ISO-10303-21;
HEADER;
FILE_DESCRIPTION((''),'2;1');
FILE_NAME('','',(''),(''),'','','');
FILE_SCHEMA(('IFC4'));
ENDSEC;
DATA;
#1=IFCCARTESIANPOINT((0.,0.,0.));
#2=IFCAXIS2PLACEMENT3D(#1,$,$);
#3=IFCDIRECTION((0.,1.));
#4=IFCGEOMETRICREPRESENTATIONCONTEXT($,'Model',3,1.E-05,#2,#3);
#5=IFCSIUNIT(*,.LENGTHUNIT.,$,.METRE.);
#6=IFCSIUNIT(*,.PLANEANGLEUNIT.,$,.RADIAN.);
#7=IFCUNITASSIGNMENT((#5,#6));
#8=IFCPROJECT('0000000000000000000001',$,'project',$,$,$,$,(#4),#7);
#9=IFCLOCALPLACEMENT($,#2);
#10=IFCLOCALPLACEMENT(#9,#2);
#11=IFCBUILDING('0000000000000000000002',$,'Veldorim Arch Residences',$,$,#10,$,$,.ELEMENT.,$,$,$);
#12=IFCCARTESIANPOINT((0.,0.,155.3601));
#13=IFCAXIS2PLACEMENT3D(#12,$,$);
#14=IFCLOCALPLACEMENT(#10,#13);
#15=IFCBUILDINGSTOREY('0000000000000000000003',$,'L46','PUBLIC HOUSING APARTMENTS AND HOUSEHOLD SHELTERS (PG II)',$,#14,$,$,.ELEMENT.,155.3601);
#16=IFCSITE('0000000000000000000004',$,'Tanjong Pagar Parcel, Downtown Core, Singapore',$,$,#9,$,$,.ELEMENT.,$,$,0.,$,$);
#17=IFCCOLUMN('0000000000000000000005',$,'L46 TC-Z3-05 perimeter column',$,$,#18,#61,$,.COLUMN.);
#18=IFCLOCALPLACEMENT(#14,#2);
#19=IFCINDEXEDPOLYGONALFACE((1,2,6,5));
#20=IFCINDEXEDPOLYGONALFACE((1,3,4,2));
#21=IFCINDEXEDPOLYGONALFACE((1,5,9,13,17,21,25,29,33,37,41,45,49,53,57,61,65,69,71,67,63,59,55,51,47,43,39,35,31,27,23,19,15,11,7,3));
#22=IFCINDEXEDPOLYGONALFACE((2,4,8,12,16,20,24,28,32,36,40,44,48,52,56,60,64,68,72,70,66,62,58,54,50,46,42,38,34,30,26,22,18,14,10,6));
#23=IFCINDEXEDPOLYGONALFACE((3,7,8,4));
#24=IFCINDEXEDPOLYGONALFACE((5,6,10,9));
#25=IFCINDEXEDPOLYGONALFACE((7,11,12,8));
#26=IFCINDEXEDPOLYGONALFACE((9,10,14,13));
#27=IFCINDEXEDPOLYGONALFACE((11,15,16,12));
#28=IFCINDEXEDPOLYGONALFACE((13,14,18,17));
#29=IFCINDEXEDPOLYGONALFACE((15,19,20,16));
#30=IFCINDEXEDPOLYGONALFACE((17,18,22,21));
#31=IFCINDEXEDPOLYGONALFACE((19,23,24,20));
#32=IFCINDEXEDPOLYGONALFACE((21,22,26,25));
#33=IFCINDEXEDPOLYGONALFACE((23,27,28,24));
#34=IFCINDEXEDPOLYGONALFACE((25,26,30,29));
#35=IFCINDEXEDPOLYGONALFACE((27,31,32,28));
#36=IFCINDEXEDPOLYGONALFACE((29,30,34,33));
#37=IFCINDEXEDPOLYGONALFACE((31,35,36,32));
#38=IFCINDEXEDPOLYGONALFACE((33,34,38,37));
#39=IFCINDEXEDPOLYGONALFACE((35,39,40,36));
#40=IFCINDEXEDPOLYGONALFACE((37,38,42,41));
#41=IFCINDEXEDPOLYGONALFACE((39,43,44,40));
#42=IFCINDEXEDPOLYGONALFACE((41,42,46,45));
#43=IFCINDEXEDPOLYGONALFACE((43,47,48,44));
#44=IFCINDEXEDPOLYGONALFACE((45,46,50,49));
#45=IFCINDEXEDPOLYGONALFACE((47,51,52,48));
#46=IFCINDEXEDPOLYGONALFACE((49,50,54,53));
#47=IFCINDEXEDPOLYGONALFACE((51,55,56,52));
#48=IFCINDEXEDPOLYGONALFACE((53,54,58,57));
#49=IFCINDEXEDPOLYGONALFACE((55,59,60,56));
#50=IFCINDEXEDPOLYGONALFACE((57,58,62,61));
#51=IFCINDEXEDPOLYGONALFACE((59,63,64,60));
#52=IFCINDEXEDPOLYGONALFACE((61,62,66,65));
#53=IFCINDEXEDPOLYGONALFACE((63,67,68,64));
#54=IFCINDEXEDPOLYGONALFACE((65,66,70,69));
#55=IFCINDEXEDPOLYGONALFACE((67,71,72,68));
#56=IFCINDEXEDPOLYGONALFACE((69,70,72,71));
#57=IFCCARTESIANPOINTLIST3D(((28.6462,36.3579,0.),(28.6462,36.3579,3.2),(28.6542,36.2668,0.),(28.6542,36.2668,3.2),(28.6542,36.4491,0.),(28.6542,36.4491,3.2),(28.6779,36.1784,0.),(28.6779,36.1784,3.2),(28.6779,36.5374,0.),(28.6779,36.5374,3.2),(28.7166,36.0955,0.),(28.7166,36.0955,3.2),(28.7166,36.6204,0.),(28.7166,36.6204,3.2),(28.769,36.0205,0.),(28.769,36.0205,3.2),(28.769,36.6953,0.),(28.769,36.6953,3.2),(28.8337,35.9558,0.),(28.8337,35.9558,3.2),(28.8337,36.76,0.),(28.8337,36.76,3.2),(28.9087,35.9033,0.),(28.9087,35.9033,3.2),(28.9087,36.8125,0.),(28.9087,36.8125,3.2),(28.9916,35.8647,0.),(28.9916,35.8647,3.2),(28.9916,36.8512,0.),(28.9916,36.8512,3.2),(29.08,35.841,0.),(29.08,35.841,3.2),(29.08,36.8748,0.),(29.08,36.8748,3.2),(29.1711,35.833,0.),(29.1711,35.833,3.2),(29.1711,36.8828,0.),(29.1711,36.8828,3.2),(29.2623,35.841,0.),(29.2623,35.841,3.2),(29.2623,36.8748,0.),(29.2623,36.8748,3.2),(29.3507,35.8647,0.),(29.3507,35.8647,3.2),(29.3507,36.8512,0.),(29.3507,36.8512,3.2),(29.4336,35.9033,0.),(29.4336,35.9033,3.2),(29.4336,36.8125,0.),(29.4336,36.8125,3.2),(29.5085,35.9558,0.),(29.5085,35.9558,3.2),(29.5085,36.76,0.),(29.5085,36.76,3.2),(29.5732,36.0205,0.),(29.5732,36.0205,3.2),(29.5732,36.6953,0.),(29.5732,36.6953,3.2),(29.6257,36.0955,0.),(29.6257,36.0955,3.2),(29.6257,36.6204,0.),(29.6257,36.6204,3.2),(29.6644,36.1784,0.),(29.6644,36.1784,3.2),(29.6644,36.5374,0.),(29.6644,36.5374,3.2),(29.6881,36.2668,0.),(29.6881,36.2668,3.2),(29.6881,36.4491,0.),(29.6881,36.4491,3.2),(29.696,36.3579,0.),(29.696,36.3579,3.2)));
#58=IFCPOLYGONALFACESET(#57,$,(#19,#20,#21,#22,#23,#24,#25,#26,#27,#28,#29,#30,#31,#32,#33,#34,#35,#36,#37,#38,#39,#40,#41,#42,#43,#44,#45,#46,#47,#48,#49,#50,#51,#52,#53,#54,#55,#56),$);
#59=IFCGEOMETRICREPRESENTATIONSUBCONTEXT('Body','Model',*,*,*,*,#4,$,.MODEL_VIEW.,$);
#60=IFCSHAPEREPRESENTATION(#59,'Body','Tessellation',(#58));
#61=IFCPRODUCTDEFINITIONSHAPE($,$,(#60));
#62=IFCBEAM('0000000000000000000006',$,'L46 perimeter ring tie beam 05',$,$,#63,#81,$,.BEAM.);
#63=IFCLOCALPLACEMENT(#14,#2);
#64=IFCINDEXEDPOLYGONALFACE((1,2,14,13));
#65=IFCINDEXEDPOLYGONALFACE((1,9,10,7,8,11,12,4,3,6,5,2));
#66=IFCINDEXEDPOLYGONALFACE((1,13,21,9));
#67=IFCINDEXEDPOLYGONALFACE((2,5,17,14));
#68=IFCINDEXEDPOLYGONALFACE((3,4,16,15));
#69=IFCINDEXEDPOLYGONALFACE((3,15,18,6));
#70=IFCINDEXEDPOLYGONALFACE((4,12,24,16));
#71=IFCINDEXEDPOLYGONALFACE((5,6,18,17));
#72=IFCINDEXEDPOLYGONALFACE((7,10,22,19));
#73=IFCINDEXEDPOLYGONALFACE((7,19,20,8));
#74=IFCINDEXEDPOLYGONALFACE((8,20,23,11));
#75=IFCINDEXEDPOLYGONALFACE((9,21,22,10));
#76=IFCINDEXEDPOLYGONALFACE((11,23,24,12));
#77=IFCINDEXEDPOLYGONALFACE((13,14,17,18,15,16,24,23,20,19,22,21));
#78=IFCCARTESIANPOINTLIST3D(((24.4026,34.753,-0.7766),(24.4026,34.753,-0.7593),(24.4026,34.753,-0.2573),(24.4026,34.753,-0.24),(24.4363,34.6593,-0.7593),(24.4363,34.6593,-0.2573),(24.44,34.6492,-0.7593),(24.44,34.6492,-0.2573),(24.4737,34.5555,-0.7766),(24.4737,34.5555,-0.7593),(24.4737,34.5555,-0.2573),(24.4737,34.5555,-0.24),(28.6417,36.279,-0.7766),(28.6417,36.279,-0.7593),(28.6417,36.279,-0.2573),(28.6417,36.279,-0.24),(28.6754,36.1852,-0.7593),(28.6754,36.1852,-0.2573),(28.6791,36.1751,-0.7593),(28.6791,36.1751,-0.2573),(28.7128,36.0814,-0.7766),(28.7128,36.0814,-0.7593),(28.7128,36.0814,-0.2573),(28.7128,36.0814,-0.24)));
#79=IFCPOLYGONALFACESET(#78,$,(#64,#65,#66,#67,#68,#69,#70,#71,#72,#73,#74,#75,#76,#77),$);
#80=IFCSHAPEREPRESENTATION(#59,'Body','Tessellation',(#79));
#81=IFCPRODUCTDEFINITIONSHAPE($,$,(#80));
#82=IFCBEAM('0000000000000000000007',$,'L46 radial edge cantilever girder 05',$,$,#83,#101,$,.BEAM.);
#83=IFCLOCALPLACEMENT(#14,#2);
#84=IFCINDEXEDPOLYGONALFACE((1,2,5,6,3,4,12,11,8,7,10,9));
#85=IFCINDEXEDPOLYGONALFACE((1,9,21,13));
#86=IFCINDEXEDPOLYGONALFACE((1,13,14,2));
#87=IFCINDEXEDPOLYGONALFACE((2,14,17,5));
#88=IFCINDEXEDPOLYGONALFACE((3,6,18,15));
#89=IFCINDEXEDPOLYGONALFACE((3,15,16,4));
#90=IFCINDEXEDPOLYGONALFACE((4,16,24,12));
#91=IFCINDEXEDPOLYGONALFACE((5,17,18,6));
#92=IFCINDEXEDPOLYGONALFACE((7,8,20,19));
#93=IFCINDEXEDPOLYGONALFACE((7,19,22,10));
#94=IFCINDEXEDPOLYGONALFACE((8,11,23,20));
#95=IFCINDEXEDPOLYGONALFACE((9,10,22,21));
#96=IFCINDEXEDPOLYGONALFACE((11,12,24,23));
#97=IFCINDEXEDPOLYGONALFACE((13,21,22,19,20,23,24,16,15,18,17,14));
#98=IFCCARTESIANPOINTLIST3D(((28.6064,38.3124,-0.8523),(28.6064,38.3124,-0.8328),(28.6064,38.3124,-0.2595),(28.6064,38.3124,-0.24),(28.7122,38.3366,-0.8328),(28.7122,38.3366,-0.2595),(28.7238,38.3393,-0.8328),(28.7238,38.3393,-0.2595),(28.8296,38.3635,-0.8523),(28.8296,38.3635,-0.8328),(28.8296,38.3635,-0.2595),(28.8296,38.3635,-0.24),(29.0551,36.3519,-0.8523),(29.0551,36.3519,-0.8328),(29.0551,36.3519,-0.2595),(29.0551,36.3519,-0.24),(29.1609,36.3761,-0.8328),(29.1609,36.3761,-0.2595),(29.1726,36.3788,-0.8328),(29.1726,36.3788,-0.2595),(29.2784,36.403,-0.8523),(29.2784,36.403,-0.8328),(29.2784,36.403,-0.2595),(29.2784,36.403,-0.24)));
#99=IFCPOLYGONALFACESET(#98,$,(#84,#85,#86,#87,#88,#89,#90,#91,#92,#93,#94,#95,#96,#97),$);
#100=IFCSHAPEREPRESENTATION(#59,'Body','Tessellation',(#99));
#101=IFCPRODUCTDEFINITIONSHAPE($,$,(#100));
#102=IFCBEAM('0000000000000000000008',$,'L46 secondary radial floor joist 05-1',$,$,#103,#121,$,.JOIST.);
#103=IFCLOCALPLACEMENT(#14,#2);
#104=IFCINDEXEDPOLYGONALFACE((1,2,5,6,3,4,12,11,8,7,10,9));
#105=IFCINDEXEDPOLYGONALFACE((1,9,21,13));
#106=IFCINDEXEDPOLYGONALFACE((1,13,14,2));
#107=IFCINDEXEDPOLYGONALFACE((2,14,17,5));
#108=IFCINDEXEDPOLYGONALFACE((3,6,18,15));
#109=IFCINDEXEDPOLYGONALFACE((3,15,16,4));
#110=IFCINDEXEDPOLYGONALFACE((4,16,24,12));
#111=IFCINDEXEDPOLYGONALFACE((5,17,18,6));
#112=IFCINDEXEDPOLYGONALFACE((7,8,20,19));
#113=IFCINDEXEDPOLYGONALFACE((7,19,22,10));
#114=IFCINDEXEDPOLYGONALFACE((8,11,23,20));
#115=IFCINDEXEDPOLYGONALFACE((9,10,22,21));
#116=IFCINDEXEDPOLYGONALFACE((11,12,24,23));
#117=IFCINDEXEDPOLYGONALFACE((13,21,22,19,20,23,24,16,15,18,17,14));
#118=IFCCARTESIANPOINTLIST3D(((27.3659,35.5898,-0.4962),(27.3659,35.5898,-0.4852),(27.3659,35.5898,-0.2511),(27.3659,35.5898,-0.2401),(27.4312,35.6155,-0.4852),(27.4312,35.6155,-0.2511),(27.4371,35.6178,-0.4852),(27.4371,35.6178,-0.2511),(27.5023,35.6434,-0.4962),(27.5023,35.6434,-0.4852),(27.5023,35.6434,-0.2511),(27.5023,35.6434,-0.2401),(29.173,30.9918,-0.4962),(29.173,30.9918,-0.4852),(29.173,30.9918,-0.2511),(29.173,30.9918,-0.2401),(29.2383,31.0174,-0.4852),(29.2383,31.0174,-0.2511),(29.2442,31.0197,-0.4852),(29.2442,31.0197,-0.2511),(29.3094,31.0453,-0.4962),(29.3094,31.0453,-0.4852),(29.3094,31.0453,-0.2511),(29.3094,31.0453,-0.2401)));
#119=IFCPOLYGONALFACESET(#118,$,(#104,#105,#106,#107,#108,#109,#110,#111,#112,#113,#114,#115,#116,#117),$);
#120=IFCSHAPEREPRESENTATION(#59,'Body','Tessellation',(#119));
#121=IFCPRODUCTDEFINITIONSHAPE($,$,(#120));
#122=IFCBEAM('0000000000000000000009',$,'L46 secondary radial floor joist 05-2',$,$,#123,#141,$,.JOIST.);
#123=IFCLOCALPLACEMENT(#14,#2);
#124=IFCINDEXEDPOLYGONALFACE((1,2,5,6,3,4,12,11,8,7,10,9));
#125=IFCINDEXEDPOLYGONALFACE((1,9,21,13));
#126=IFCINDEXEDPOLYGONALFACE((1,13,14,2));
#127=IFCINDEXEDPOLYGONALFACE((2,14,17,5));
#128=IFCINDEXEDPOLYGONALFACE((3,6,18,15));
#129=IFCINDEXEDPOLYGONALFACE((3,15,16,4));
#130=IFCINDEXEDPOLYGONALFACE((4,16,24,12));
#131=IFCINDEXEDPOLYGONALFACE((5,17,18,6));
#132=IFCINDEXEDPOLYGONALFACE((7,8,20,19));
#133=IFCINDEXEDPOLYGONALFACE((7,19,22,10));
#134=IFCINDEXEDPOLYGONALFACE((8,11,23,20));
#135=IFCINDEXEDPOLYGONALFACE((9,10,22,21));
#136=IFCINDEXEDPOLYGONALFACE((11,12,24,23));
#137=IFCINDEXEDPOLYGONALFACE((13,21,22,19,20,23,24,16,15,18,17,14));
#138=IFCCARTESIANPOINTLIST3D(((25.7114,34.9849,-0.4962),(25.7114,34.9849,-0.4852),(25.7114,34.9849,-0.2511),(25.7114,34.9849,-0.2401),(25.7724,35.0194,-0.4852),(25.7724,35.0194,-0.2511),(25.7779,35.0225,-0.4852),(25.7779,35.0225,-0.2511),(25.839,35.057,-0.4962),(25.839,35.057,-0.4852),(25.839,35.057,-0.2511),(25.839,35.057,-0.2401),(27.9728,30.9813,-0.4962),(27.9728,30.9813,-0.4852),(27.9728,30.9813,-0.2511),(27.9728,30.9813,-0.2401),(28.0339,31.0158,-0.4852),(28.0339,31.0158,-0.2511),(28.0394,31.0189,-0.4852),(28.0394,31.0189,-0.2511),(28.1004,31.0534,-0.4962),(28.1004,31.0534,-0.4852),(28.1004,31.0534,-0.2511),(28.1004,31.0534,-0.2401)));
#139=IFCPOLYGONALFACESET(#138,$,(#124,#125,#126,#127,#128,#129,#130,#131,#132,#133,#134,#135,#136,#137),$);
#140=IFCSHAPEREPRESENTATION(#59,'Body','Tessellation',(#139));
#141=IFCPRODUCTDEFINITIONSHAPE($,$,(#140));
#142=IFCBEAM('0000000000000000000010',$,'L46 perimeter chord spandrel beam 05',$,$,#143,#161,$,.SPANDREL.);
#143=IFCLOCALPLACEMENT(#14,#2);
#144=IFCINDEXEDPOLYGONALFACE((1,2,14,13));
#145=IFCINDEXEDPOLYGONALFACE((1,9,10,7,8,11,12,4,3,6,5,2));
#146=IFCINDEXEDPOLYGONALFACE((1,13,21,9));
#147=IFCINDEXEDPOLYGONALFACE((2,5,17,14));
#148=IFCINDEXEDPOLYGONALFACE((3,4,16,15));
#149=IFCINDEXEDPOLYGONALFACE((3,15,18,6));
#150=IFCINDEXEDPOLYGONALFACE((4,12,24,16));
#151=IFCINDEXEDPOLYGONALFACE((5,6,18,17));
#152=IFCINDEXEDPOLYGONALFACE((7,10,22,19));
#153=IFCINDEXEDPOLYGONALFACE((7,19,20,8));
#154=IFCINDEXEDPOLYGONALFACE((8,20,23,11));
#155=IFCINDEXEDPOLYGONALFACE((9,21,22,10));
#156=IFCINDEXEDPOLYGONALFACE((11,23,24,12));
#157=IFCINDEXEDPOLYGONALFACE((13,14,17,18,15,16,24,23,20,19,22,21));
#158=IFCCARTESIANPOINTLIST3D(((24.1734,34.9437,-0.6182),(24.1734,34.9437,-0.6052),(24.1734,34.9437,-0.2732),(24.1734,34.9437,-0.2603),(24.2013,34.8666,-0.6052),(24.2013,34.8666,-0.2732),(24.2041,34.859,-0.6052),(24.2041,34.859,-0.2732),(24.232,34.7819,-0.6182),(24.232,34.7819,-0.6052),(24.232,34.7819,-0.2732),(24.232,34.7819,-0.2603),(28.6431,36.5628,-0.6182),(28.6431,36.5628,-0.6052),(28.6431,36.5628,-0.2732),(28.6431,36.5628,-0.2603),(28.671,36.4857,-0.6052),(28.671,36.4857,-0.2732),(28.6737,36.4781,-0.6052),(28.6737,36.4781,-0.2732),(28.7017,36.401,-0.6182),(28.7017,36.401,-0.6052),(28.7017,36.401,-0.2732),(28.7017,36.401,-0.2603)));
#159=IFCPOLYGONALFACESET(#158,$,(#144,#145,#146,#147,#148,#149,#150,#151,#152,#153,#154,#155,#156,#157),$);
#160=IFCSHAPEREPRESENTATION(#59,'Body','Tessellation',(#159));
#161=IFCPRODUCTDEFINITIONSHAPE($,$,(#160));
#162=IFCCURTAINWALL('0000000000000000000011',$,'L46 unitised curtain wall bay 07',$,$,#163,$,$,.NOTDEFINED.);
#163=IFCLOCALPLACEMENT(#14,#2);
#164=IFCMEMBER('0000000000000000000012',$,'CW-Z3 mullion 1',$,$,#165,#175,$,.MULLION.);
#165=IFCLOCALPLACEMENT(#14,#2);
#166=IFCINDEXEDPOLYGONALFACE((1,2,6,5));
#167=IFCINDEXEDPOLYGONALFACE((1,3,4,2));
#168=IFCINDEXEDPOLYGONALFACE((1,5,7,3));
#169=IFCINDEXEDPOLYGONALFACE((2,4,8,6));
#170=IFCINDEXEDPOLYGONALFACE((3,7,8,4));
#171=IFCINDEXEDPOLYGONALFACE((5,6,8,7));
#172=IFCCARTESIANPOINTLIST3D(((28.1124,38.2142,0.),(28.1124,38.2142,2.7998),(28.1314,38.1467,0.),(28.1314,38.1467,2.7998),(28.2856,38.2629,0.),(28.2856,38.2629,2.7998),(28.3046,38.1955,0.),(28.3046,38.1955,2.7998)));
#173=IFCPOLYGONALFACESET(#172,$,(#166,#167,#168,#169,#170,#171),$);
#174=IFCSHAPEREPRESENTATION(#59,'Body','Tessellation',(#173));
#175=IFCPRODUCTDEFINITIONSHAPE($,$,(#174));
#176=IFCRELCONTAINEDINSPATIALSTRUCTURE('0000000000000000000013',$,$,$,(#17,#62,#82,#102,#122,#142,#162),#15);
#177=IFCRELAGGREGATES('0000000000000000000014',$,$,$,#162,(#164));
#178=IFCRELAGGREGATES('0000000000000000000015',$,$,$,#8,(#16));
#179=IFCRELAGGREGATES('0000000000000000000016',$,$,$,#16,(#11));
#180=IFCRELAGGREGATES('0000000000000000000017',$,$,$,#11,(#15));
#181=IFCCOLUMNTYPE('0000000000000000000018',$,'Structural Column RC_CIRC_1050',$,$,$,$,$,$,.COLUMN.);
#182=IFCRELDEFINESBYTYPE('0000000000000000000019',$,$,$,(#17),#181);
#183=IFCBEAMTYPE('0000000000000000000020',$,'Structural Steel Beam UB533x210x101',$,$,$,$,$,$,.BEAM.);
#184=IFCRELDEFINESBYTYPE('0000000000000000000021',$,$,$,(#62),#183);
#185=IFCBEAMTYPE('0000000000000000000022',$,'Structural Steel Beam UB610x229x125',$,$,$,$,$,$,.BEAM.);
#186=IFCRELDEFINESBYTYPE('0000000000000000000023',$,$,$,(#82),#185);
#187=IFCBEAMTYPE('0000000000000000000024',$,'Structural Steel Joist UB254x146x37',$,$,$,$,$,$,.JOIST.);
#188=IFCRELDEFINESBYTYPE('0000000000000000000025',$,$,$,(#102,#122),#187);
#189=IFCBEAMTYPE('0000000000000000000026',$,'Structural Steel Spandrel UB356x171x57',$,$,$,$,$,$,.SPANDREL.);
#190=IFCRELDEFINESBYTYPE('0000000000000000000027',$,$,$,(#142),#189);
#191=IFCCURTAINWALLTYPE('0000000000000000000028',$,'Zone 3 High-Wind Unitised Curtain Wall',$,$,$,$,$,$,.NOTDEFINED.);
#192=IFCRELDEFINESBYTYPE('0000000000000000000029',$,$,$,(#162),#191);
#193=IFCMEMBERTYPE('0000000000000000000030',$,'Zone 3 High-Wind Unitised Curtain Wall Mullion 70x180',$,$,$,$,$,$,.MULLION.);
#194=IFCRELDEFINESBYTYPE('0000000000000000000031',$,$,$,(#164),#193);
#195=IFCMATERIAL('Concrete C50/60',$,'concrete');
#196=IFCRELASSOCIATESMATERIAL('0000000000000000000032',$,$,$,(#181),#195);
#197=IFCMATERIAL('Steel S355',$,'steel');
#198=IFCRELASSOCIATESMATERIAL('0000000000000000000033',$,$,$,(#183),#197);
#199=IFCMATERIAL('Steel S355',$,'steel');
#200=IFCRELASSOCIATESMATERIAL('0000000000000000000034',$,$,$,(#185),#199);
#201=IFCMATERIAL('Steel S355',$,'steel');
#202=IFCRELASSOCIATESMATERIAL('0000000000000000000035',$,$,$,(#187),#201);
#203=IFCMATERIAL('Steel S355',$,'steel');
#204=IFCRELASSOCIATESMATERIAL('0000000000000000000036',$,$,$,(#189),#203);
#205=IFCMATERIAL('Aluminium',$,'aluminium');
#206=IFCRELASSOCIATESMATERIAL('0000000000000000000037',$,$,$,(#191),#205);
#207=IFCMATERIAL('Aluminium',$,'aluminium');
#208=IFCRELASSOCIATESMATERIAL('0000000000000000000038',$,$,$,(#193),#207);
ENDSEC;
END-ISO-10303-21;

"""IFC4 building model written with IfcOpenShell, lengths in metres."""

from ifc_helpers import new_model, si_unit, direction, frame, origin, origin_2d, place, context, subcontext, project, spatial, rectangle, circle, i_section, extrude, material, material_profile, profile_set, type_object, element, aggregate, save


model = new_model("IFC4")

# Units and contexts
model_context = context("Model", 3, precision=1e-05, world=origin(), true_north=direction((0.0, 1.0)))
body_context = subcontext(model_context, "Body", "Model", "MODEL_VIEW")
ifc_project = project(units=[si_unit("LENGTHUNIT", "METRE"), si_unit("PLANEANGLEUNIT", "RADIAN")], contexts=[model_context])

# Site, building, storey
site_placement = place(None, origin())
site = spatial("IfcSite", under=ifc_project, at=site_placement, Name="Tanjong Pagar Parcel, Downtown Core, Singapore", CompositionType="ELEMENT", RefElevation=0.0)
building_placement = place(site_placement, origin())
building = spatial("IfcBuilding", under=site, at=building_placement, Name="Veldorim Arch Residences", CompositionType="ELEMENT")
storey_placement = place(building_placement, frame((0.0, 0.0, 155.3601)))
storey = spatial("IfcBuildingStorey", under=building, at=storey_placement, Name="L46", Description="PUBLIC HOUSING APARTMENTS AND HOUSEHOLD SHELTERS (PG II)", CompositionType="ELEMENT", Elevation=155.3601)

# Column
ifc_material_1 = material(Name="Concrete C50/60", Category="concrete")
ifc_material_profile_1 = material_profile(ifc_material_1, circle(Radius=0.5249, at=origin_2d()), Name="RC_CIRC_1050")
ifc_profile_set_1 = profile_set([ifc_material_profile_1], Name="Concrete C50/60")
column_type = type_object("IfcColumnType", Name="Structural Column RC_CIRC_1050", PredefinedType="COLUMN", material=ifc_profile_set_1)
column_placement = place(storey_placement, frame((29.1711, 36.3579, 0.0), z_axis=(0.0, 0.0, 1.0), x_axis=(1.0, 0.0, 0.0)))
element("IfcColumn", 1, at=column_placement, inside=storey, type_object=column_type, Name="L46 TC-Z3-05 perimeter column", PredefinedType="COLUMN", context=body_context, shape_type="SweptSolid", body=[
    extrude(circle(Radius=0.5249, at=origin_2d()), origin(), (0.0, 0.0, 1.0), 3.2),
])

# Beams
ifc_material_2 = material(Name="Steel S355", Category="steel")
ifc_material_profile_2 = material_profile(ifc_material_2, i_section(OverallWidth=0.21, OverallDepth=0.5366, WebThickness=0.0107, FlangeThickness=0.0173, at=origin_2d()), Name="UB533x210x101")
ifc_profile_set_2 = profile_set([ifc_material_profile_2], Name="Steel S355")
beam_type_1 = type_object("IfcBeamType", Name="Structural Steel Beam UB533x210x101", PredefinedType="BEAM", material=ifc_profile_set_2)
beam_1_placement = place(storey_placement, frame((28.6772, 36.1802, -0.5083), z_axis=(-0.940899, -0.338687, 0.0), x_axis=(0.338687, -0.940899, 0.0)))
element("IfcBeam", 2, at=beam_1_placement, inside=storey, type_object=beam_type_1, Name="L46 perimeter ring tie beam 05", PredefinedType="BEAM", context=body_context, shape_type="SweptSolid", body=[
    extrude(i_section(OverallWidth=0.21, OverallDepth=0.5366, WebThickness=0.0107, FlangeThickness=0.0173, at=origin_2d()), origin(), (0.0, 0.0, 1.0), 4.5054),
])
ifc_material_3 = material(Name="Steel S355", Category="steel")
ifc_material_profile_3 = material_profile(ifc_material_3, i_section(OverallWidth=0.229, OverallDepth=0.6123, WebThickness=0.012, FlangeThickness=0.0195, at=origin_2d()), Name="UB610x229x125")
ifc_profile_set_3 = profile_set([ifc_material_profile_3], Name="Steel S355")
beam_type_2 = type_object("IfcBeamType", Name="Structural Steel Beam UB610x229x125", PredefinedType="BEAM", material=ifc_profile_set_3)
beam_2_placement = place(storey_placement, frame((29.1667, 36.3774, -0.5461), z_axis=(-0.223121, 0.974791, 0.0), x_axis=(-0.974791, -0.223121, 0.0)))
element("IfcBeam", 3, at=beam_2_placement, inside=storey, type_object=beam_type_2, Name="L46 radial edge cantilever girder 05", PredefinedType="BEAM", context=body_context, shape_type="SweptSolid", body=[
    extrude(i_section(OverallWidth=0.229, OverallDepth=0.6123, WebThickness=0.012, FlangeThickness=0.0195, at=origin_2d()), origin(), (0.0, 0.0, 1.0), 2.0112),
])
ifc_material_4 = material(Name="Steel S355", Category="steel")
ifc_material_profile_4 = material_profile(ifc_material_4, i_section(OverallWidth=0.1465, OverallDepth=0.2561, WebThickness=0.0063, FlangeThickness=0.011, at=origin_2d()), Name="UB254x146x37")
ifc_profile_set_4 = profile_set([ifc_material_profile_4], Name="Steel S355")
beam_type_3 = type_object("IfcBeamType", Name="Structural Steel Joist UB254x146x37", PredefinedType="JOIST", material=ifc_profile_set_4)
beam_3_placement = place(storey_placement, frame((29.2412, 31.0186, -0.3682), z_axis=(-0.365778, 0.930702, 0.0), x_axis=(-0.930702, -0.365778, 0.0)))
element("IfcBeam", 4, at=beam_3_placement, inside=storey, type_object=beam_type_3, Name="L46 secondary radial floor joist 05-1", PredefinedType="JOIST", context=body_context, shape_type="SweptSolid", body=[
    extrude(i_section(OverallWidth=0.1465, OverallDepth=0.2561, WebThickness=0.0063, FlangeThickness=0.011, at=origin_2d()), origin(), (0.0, 0.0, 1.0), 4.9404),
])
beam_4_placement = place(storey_placement, frame((28.0366, 31.0173, -0.3682), z_axis=(-0.491816, 0.870699, 0.0), x_axis=(-0.870699, -0.491816, 0.0)))
element("IfcBeam", 5, at=beam_4_placement, inside=storey, type_object=beam_type_3, Name="L46 secondary radial floor joist 05-2", PredefinedType="JOIST", context=body_context, shape_type="SweptSolid", body=[
    extrude(i_section(OverallWidth=0.1465, OverallDepth=0.2561, WebThickness=0.0063, FlangeThickness=0.011, at=origin_2d()), origin(), (0.0, 0.0, 1.0), 4.5981),
])
ifc_material_5 = material(Name="Steel S355", Category="steel")
ifc_material_profile_5 = material_profile(ifc_material_5, i_section(OverallWidth=0.1721, OverallDepth=0.3579, WebThickness=0.0081, FlangeThickness=0.0129, at=origin_2d()), Name="UB356x171x57")
ifc_profile_set_5 = profile_set([ifc_material_profile_5], Name="Steel S355")
beam_type_4 = type_object("IfcBeamType", Name="Structural Steel Spandrel UB356x171x57", PredefinedType="SPANDREL", material=ifc_profile_set_5)
beam_5_placement = place(storey_placement, frame((28.6724, 36.4819, -0.4392), z_axis=(-0.940213, -0.340588, 0.0), x_axis=(0.340588, -0.940213, 0.0)))
element("IfcBeam", 6, at=beam_5_placement, inside=storey, type_object=beam_type_4, Name="L46 perimeter chord spandrel beam 05", PredefinedType="SPANDREL", context=body_context, shape_type="SweptSolid", body=[
    extrude(i_section(OverallWidth=0.1721, OverallDepth=0.3579, WebThickness=0.0081, FlangeThickness=0.0129, at=origin_2d()), origin(), (0.0, 0.0, 1.0), 4.7539),
])

# Curtain wall, member
ifc_material_6 = material(Name="Aluminium", Category="aluminium")
curtain_wall_type = type_object("IfcCurtainWallType", Name="Zone 3 High-Wind Unitised Curtain Wall", PredefinedType="NOTDEFINED", material=ifc_material_6)
curtain_wall_placement = place(storey_placement, origin())
curtain_wall = element("IfcCurtainWall", 7, at=curtain_wall_placement, inside=storey, type_object=curtain_wall_type, Name="L46 unitised curtain wall bay 07", PredefinedType="NOTDEFINED")
ifc_material_7 = material(Name="Aluminium", Category="aluminium")
ifc_material_profile_6 = material_profile(ifc_material_7, rectangle(XDim=0.0701, YDim=0.1799, at=origin_2d()), Name="ALU_MUL_70x180")
ifc_profile_set_6 = profile_set([ifc_material_profile_6], Name="Aluminium")
member_type_1 = type_object("IfcMemberType", Name="Zone 3 High-Wind Unitised Curtain Wall Mullion 70x180", PredefinedType="MULLION", material=ifc_profile_set_6)
member_1_placement = place(storey_placement, frame((28.2085, 38.2048, 0.0), z_axis=(0.0, 0.0, 1.0), x_axis=(-0.271101, 0.962551, 0.0)))
member_1 = element("IfcMember", 8, at=member_1_placement, type_object=member_type_1, Name="CW-Z3 mullion 1", PredefinedType="MULLION", context=body_context, shape_type="SweptSolid", body=[
    extrude(rectangle(XDim=0.0701, YDim=0.1799, at=origin_2d()), origin(), (0.0, 0.0, 1.0), 2.7998),
])
aggregate(curtain_wall, [member_1])

save(model, "model.ifc")
